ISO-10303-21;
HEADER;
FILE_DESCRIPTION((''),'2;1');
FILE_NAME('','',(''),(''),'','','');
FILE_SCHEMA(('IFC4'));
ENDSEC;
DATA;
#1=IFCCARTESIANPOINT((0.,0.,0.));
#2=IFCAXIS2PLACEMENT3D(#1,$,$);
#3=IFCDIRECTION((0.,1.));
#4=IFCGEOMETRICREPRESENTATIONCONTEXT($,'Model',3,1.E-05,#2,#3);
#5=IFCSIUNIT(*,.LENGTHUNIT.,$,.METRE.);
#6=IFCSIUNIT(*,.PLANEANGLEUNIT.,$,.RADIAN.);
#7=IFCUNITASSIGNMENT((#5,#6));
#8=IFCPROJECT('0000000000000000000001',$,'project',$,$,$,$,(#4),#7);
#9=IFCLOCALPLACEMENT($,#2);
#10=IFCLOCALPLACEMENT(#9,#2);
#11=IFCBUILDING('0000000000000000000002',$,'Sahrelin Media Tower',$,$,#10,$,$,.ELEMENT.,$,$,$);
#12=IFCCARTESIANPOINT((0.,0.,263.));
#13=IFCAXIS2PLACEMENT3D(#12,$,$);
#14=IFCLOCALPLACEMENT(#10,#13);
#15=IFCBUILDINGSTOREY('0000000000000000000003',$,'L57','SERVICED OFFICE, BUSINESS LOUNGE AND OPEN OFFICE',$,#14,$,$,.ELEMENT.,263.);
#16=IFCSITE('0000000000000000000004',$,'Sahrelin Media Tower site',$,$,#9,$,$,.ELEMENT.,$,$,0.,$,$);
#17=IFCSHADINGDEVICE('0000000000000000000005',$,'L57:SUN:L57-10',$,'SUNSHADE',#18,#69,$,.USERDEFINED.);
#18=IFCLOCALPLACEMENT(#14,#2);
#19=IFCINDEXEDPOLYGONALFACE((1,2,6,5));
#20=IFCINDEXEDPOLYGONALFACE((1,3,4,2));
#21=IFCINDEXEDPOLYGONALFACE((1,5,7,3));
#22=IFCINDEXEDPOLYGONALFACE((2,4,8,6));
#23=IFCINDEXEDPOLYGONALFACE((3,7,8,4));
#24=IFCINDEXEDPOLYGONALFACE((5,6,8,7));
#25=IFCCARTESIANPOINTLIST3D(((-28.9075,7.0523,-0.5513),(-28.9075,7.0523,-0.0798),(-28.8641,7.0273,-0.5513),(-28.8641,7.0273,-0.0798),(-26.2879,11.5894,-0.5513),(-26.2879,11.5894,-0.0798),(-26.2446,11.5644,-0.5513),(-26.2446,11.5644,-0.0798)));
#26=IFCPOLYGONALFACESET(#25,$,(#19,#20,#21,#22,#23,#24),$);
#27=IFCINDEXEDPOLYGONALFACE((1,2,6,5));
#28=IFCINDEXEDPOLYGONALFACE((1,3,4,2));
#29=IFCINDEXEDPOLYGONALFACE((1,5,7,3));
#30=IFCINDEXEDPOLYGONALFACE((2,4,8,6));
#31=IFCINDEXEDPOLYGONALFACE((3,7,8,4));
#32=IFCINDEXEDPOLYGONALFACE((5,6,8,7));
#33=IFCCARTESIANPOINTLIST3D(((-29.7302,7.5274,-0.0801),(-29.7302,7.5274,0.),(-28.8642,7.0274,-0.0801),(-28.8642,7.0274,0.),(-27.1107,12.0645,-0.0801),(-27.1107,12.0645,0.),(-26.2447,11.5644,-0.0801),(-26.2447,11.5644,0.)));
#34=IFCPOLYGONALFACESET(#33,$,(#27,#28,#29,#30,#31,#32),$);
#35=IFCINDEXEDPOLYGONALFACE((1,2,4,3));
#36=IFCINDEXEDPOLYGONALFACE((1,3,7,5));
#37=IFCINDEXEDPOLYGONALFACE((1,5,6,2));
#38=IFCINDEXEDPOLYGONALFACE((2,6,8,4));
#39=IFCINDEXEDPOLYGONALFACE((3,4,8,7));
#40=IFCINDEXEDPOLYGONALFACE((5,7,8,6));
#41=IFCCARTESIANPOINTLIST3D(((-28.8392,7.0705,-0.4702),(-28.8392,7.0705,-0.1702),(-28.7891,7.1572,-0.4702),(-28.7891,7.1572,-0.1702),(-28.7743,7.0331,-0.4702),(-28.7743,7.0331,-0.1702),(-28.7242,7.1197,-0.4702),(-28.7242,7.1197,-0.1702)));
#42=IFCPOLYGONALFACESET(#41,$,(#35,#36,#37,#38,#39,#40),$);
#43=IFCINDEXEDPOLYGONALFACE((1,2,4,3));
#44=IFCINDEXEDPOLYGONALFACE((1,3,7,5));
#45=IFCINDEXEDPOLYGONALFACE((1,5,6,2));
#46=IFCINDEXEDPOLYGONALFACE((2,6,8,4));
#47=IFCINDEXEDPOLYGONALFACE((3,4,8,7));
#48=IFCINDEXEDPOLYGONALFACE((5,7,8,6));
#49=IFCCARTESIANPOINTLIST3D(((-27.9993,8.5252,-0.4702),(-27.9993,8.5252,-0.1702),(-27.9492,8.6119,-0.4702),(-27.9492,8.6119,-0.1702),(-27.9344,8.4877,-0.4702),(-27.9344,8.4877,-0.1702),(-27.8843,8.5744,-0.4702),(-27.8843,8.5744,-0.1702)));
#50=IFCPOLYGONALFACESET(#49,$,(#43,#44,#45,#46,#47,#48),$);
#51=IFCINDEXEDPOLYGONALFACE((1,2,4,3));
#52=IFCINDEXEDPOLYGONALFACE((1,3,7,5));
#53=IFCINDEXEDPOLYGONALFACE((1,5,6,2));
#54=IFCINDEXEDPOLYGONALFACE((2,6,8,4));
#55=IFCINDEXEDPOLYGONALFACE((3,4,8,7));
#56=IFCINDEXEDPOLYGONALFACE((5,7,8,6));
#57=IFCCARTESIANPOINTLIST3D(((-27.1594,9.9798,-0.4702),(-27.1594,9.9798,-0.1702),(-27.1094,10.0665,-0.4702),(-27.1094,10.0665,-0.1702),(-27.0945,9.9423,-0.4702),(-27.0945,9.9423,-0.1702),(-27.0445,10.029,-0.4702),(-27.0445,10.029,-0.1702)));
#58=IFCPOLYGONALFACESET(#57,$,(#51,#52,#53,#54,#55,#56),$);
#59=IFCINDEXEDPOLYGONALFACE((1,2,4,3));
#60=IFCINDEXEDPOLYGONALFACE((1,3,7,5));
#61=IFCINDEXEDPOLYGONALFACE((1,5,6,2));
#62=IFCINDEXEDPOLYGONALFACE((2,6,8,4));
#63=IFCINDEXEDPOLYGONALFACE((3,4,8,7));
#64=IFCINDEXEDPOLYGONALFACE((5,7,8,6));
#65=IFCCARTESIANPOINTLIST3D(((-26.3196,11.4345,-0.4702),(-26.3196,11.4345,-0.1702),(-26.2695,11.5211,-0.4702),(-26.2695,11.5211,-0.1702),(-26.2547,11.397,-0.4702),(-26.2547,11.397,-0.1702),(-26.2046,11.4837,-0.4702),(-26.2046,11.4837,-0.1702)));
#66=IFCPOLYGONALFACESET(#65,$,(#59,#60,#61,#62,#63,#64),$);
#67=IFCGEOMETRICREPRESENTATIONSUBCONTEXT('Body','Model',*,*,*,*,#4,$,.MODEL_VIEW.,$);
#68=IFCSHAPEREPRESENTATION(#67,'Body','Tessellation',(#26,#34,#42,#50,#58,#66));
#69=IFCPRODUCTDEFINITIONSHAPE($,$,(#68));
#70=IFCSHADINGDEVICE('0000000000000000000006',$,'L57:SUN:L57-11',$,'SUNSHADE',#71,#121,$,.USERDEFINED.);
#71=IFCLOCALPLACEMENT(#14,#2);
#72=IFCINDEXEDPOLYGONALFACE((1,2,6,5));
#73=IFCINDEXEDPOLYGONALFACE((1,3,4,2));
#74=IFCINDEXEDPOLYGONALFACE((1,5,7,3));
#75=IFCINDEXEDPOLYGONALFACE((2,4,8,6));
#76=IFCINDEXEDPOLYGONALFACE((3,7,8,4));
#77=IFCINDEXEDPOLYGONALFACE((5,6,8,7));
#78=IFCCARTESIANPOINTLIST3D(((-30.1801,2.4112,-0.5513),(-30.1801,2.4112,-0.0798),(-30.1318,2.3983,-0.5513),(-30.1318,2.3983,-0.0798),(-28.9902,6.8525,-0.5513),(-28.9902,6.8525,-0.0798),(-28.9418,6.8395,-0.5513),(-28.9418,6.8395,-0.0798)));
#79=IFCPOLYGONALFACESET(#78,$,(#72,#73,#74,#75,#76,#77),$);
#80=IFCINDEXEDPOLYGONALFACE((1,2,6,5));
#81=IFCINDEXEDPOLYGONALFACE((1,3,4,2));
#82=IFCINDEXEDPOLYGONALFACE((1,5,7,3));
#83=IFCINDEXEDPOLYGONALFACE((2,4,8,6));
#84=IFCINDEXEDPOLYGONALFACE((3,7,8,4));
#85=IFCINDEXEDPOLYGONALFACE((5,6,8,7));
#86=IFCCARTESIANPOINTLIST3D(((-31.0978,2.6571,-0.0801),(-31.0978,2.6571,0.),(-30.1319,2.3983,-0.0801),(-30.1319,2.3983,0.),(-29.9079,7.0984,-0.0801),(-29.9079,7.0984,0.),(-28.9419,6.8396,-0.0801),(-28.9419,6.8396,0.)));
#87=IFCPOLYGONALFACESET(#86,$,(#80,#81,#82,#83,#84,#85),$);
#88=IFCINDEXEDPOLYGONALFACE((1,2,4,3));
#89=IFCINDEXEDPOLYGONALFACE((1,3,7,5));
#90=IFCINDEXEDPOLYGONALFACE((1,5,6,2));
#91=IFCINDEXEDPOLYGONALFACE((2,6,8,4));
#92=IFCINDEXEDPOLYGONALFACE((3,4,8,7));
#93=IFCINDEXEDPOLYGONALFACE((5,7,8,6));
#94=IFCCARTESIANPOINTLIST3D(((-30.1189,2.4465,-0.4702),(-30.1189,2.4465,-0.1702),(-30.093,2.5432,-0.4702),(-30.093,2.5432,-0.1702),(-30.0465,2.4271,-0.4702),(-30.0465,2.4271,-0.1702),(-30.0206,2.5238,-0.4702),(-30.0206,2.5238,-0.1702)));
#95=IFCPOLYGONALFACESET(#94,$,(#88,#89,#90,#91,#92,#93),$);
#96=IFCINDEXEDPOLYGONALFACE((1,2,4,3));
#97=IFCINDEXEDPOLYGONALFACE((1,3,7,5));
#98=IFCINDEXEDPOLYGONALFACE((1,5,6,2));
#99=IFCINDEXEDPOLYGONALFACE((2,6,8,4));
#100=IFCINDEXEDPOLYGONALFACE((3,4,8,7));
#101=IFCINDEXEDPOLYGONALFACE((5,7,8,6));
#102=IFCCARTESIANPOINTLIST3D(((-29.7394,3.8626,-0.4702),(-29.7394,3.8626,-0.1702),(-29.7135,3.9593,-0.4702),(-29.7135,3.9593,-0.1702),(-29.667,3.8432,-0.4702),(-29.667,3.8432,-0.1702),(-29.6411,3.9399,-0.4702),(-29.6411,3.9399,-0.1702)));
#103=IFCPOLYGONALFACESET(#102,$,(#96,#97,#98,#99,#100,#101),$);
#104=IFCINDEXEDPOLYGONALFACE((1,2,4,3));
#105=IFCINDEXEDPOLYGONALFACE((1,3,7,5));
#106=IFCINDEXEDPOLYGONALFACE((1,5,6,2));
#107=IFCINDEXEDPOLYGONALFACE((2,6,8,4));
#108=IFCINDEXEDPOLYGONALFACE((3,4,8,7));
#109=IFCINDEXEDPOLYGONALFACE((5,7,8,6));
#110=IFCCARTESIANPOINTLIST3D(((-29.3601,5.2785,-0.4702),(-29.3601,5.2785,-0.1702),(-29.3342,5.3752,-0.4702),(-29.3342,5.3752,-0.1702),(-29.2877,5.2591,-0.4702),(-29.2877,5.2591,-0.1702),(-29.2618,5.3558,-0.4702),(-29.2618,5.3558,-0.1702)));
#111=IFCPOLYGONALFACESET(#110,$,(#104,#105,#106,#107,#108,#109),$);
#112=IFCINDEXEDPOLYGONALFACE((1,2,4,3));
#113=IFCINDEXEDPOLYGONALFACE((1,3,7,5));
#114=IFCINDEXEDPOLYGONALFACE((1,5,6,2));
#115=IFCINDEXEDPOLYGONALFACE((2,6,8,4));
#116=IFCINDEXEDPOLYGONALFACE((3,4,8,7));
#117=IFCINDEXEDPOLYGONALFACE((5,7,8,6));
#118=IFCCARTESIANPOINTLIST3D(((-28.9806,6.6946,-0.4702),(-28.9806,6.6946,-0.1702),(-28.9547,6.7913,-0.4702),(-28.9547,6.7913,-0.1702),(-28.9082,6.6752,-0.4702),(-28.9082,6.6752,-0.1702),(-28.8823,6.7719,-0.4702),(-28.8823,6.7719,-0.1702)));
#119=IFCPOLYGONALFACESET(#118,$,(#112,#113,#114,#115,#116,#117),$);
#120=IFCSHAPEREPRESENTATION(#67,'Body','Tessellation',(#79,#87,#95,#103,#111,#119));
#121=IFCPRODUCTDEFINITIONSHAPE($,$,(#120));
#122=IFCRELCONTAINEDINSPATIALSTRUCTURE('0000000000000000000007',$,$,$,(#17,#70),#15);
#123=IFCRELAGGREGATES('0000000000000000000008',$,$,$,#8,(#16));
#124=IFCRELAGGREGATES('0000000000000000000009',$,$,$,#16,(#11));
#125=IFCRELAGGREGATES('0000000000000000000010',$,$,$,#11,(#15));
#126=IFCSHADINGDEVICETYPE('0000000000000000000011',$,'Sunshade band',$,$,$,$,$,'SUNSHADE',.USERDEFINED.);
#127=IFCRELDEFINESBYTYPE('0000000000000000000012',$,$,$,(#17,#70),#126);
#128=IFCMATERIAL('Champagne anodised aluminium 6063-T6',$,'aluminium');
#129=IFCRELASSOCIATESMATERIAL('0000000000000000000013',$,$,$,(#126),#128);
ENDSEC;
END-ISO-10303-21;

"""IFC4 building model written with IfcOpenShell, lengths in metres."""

from ifc_helpers import new_model, si_unit, direction, frame, origin, origin_2d, place, context, subcontext, project, spatial, rectangle, extrude, material, type_object, element, save


model = new_model("IFC4")

# Units and contexts
model_context = context("Model", 3, precision=1e-05, world=origin(), true_north=direction((0.0, 1.0)))
body_context = subcontext(model_context, "Body", "Model", "MODEL_VIEW")
ifc_project = project(units=[si_unit("LENGTHUNIT", "METRE"), si_unit("PLANEANGLEUNIT", "RADIAN")], contexts=[model_context])

# Site, building, storey
site_placement = place(None, origin())
site = spatial("IfcSite", under=ifc_project, at=site_placement, Name="Sahrelin Media Tower site", CompositionType="ELEMENT", RefElevation=0.0)
building_placement = place(site_placement, origin())
building = spatial("IfcBuilding", under=site, at=building_placement, Name="Sahrelin Media Tower", CompositionType="ELEMENT")
storey_placement = place(building_placement, frame((0.0, 0.0, 263.0)))
storey = spatial("IfcBuildingStorey", under=building, at=storey_placement, Name="L57", Description="SERVICED OFFICE, BUSINESS LOUNGE AND OPEN OFFICE", CompositionType="ELEMENT", Elevation=263.0)

# Shared definitions
ifc_material_1 = material(Name="Champagne anodised aluminium 6063-T6", Category="aluminium")

# Shading devices
placement_1 = place(storey_placement, frame((-27.5371, 9.2859, 0.0), z_axis=(0.0, 0.0, 1.0), x_axis=(0.500011, 0.866019, 0.0)))
placement_2 = place(storey_placement, frame((-29.5176, 4.6138, 0.0), z_axis=(0.0, 0.0, 1.0), x_axis=(0.258808, 0.965929, 0.0)))
shading_device_type_1 = type_object("IfcShadingDeviceType", Name="Sunshade band", ElementType="SUNSHADE", PredefinedType="USERDEFINED", material=ifc_material_1)
element("IfcShadingDevice", 1, at=placement_1, inside=storey, type_object=shading_device_type_1, Name="L57:SUN:L57-10", ObjectType="SUNSHADE", PredefinedType="USERDEFINED", context=body_context, shape_type="SweptSolid", body=[
    extrude(rectangle(XDim=5.239, YDim=0.05, at=origin_2d()), frame((0.0, 0.0449, -0.5513)), (0.0, 0.0, 1.0), 0.4714),
    extrude(rectangle(XDim=5.239, YDim=1.0, at=origin_2d()), frame((0.0, 0.52, -0.0801)), (0.0, 0.0, 1.0), 0.0801),
    extrude(rectangle(XDim=0.1001, YDim=0.075, at=origin_2d()), frame((-2.5195, -0.0176, -0.4702)), (0.0, 0.0, 1.0), 0.3),
    extrude(rectangle(XDim=0.1001, YDim=0.075, at=origin_2d()), frame((-0.8398, -0.0176, -0.4702)), (0.0, 0.0, 1.0), 0.3),
    extrude(rectangle(XDim=0.1001, YDim=0.075, at=origin_2d()), frame((0.8398, -0.0176, -0.4702)), (0.0, 0.0, 1.0), 0.3),
    extrude(rectangle(XDim=0.1001, YDim=0.075, at=origin_2d()), frame((2.5195, -0.0176, -0.4702)), (0.0, 0.0, 1.0), 0.3),
])
element("IfcShadingDevice", 2, at=placement_2, inside=storey, type_object=shading_device_type_1, Name="L57:SUN:L57-11", ObjectType="SUNSHADE", PredefinedType="USERDEFINED", context=body_context, shape_type="SweptSolid", body=[
    extrude(rectangle(XDim=4.5979, YDim=0.05, at=origin_2d()), frame((0.0, 0.0449, -0.5513)), (0.0, 0.0, 1.0), 0.4714),
    extrude(rectangle(XDim=4.5979, YDim=1.0, at=origin_2d()), frame((0.0, 0.52, -0.0801)), (0.0, 0.0, 1.0), 0.0801),
    extrude(rectangle(XDim=0.1001, YDim=0.075, at=origin_2d()), frame((-2.199, -0.0176, -0.4702)), (0.0, 0.0, 1.0), 0.3),
    extrude(rectangle(XDim=0.1001, YDim=0.075, at=origin_2d()), frame((-0.7329, -0.0176, -0.4702)), (0.0, 0.0, 1.0), 0.3),
    extrude(rectangle(XDim=0.1001, YDim=0.075, at=origin_2d()), frame((0.7329, -0.0176, -0.4702)), (0.0, 0.0, 1.0), 0.3),
    extrude(rectangle(XDim=0.1001, YDim=0.075, at=origin_2d()), frame((2.199, -0.0176, -0.4702)), (0.0, 0.0, 1.0), 0.3),
])

save(model, "model.ifc")
